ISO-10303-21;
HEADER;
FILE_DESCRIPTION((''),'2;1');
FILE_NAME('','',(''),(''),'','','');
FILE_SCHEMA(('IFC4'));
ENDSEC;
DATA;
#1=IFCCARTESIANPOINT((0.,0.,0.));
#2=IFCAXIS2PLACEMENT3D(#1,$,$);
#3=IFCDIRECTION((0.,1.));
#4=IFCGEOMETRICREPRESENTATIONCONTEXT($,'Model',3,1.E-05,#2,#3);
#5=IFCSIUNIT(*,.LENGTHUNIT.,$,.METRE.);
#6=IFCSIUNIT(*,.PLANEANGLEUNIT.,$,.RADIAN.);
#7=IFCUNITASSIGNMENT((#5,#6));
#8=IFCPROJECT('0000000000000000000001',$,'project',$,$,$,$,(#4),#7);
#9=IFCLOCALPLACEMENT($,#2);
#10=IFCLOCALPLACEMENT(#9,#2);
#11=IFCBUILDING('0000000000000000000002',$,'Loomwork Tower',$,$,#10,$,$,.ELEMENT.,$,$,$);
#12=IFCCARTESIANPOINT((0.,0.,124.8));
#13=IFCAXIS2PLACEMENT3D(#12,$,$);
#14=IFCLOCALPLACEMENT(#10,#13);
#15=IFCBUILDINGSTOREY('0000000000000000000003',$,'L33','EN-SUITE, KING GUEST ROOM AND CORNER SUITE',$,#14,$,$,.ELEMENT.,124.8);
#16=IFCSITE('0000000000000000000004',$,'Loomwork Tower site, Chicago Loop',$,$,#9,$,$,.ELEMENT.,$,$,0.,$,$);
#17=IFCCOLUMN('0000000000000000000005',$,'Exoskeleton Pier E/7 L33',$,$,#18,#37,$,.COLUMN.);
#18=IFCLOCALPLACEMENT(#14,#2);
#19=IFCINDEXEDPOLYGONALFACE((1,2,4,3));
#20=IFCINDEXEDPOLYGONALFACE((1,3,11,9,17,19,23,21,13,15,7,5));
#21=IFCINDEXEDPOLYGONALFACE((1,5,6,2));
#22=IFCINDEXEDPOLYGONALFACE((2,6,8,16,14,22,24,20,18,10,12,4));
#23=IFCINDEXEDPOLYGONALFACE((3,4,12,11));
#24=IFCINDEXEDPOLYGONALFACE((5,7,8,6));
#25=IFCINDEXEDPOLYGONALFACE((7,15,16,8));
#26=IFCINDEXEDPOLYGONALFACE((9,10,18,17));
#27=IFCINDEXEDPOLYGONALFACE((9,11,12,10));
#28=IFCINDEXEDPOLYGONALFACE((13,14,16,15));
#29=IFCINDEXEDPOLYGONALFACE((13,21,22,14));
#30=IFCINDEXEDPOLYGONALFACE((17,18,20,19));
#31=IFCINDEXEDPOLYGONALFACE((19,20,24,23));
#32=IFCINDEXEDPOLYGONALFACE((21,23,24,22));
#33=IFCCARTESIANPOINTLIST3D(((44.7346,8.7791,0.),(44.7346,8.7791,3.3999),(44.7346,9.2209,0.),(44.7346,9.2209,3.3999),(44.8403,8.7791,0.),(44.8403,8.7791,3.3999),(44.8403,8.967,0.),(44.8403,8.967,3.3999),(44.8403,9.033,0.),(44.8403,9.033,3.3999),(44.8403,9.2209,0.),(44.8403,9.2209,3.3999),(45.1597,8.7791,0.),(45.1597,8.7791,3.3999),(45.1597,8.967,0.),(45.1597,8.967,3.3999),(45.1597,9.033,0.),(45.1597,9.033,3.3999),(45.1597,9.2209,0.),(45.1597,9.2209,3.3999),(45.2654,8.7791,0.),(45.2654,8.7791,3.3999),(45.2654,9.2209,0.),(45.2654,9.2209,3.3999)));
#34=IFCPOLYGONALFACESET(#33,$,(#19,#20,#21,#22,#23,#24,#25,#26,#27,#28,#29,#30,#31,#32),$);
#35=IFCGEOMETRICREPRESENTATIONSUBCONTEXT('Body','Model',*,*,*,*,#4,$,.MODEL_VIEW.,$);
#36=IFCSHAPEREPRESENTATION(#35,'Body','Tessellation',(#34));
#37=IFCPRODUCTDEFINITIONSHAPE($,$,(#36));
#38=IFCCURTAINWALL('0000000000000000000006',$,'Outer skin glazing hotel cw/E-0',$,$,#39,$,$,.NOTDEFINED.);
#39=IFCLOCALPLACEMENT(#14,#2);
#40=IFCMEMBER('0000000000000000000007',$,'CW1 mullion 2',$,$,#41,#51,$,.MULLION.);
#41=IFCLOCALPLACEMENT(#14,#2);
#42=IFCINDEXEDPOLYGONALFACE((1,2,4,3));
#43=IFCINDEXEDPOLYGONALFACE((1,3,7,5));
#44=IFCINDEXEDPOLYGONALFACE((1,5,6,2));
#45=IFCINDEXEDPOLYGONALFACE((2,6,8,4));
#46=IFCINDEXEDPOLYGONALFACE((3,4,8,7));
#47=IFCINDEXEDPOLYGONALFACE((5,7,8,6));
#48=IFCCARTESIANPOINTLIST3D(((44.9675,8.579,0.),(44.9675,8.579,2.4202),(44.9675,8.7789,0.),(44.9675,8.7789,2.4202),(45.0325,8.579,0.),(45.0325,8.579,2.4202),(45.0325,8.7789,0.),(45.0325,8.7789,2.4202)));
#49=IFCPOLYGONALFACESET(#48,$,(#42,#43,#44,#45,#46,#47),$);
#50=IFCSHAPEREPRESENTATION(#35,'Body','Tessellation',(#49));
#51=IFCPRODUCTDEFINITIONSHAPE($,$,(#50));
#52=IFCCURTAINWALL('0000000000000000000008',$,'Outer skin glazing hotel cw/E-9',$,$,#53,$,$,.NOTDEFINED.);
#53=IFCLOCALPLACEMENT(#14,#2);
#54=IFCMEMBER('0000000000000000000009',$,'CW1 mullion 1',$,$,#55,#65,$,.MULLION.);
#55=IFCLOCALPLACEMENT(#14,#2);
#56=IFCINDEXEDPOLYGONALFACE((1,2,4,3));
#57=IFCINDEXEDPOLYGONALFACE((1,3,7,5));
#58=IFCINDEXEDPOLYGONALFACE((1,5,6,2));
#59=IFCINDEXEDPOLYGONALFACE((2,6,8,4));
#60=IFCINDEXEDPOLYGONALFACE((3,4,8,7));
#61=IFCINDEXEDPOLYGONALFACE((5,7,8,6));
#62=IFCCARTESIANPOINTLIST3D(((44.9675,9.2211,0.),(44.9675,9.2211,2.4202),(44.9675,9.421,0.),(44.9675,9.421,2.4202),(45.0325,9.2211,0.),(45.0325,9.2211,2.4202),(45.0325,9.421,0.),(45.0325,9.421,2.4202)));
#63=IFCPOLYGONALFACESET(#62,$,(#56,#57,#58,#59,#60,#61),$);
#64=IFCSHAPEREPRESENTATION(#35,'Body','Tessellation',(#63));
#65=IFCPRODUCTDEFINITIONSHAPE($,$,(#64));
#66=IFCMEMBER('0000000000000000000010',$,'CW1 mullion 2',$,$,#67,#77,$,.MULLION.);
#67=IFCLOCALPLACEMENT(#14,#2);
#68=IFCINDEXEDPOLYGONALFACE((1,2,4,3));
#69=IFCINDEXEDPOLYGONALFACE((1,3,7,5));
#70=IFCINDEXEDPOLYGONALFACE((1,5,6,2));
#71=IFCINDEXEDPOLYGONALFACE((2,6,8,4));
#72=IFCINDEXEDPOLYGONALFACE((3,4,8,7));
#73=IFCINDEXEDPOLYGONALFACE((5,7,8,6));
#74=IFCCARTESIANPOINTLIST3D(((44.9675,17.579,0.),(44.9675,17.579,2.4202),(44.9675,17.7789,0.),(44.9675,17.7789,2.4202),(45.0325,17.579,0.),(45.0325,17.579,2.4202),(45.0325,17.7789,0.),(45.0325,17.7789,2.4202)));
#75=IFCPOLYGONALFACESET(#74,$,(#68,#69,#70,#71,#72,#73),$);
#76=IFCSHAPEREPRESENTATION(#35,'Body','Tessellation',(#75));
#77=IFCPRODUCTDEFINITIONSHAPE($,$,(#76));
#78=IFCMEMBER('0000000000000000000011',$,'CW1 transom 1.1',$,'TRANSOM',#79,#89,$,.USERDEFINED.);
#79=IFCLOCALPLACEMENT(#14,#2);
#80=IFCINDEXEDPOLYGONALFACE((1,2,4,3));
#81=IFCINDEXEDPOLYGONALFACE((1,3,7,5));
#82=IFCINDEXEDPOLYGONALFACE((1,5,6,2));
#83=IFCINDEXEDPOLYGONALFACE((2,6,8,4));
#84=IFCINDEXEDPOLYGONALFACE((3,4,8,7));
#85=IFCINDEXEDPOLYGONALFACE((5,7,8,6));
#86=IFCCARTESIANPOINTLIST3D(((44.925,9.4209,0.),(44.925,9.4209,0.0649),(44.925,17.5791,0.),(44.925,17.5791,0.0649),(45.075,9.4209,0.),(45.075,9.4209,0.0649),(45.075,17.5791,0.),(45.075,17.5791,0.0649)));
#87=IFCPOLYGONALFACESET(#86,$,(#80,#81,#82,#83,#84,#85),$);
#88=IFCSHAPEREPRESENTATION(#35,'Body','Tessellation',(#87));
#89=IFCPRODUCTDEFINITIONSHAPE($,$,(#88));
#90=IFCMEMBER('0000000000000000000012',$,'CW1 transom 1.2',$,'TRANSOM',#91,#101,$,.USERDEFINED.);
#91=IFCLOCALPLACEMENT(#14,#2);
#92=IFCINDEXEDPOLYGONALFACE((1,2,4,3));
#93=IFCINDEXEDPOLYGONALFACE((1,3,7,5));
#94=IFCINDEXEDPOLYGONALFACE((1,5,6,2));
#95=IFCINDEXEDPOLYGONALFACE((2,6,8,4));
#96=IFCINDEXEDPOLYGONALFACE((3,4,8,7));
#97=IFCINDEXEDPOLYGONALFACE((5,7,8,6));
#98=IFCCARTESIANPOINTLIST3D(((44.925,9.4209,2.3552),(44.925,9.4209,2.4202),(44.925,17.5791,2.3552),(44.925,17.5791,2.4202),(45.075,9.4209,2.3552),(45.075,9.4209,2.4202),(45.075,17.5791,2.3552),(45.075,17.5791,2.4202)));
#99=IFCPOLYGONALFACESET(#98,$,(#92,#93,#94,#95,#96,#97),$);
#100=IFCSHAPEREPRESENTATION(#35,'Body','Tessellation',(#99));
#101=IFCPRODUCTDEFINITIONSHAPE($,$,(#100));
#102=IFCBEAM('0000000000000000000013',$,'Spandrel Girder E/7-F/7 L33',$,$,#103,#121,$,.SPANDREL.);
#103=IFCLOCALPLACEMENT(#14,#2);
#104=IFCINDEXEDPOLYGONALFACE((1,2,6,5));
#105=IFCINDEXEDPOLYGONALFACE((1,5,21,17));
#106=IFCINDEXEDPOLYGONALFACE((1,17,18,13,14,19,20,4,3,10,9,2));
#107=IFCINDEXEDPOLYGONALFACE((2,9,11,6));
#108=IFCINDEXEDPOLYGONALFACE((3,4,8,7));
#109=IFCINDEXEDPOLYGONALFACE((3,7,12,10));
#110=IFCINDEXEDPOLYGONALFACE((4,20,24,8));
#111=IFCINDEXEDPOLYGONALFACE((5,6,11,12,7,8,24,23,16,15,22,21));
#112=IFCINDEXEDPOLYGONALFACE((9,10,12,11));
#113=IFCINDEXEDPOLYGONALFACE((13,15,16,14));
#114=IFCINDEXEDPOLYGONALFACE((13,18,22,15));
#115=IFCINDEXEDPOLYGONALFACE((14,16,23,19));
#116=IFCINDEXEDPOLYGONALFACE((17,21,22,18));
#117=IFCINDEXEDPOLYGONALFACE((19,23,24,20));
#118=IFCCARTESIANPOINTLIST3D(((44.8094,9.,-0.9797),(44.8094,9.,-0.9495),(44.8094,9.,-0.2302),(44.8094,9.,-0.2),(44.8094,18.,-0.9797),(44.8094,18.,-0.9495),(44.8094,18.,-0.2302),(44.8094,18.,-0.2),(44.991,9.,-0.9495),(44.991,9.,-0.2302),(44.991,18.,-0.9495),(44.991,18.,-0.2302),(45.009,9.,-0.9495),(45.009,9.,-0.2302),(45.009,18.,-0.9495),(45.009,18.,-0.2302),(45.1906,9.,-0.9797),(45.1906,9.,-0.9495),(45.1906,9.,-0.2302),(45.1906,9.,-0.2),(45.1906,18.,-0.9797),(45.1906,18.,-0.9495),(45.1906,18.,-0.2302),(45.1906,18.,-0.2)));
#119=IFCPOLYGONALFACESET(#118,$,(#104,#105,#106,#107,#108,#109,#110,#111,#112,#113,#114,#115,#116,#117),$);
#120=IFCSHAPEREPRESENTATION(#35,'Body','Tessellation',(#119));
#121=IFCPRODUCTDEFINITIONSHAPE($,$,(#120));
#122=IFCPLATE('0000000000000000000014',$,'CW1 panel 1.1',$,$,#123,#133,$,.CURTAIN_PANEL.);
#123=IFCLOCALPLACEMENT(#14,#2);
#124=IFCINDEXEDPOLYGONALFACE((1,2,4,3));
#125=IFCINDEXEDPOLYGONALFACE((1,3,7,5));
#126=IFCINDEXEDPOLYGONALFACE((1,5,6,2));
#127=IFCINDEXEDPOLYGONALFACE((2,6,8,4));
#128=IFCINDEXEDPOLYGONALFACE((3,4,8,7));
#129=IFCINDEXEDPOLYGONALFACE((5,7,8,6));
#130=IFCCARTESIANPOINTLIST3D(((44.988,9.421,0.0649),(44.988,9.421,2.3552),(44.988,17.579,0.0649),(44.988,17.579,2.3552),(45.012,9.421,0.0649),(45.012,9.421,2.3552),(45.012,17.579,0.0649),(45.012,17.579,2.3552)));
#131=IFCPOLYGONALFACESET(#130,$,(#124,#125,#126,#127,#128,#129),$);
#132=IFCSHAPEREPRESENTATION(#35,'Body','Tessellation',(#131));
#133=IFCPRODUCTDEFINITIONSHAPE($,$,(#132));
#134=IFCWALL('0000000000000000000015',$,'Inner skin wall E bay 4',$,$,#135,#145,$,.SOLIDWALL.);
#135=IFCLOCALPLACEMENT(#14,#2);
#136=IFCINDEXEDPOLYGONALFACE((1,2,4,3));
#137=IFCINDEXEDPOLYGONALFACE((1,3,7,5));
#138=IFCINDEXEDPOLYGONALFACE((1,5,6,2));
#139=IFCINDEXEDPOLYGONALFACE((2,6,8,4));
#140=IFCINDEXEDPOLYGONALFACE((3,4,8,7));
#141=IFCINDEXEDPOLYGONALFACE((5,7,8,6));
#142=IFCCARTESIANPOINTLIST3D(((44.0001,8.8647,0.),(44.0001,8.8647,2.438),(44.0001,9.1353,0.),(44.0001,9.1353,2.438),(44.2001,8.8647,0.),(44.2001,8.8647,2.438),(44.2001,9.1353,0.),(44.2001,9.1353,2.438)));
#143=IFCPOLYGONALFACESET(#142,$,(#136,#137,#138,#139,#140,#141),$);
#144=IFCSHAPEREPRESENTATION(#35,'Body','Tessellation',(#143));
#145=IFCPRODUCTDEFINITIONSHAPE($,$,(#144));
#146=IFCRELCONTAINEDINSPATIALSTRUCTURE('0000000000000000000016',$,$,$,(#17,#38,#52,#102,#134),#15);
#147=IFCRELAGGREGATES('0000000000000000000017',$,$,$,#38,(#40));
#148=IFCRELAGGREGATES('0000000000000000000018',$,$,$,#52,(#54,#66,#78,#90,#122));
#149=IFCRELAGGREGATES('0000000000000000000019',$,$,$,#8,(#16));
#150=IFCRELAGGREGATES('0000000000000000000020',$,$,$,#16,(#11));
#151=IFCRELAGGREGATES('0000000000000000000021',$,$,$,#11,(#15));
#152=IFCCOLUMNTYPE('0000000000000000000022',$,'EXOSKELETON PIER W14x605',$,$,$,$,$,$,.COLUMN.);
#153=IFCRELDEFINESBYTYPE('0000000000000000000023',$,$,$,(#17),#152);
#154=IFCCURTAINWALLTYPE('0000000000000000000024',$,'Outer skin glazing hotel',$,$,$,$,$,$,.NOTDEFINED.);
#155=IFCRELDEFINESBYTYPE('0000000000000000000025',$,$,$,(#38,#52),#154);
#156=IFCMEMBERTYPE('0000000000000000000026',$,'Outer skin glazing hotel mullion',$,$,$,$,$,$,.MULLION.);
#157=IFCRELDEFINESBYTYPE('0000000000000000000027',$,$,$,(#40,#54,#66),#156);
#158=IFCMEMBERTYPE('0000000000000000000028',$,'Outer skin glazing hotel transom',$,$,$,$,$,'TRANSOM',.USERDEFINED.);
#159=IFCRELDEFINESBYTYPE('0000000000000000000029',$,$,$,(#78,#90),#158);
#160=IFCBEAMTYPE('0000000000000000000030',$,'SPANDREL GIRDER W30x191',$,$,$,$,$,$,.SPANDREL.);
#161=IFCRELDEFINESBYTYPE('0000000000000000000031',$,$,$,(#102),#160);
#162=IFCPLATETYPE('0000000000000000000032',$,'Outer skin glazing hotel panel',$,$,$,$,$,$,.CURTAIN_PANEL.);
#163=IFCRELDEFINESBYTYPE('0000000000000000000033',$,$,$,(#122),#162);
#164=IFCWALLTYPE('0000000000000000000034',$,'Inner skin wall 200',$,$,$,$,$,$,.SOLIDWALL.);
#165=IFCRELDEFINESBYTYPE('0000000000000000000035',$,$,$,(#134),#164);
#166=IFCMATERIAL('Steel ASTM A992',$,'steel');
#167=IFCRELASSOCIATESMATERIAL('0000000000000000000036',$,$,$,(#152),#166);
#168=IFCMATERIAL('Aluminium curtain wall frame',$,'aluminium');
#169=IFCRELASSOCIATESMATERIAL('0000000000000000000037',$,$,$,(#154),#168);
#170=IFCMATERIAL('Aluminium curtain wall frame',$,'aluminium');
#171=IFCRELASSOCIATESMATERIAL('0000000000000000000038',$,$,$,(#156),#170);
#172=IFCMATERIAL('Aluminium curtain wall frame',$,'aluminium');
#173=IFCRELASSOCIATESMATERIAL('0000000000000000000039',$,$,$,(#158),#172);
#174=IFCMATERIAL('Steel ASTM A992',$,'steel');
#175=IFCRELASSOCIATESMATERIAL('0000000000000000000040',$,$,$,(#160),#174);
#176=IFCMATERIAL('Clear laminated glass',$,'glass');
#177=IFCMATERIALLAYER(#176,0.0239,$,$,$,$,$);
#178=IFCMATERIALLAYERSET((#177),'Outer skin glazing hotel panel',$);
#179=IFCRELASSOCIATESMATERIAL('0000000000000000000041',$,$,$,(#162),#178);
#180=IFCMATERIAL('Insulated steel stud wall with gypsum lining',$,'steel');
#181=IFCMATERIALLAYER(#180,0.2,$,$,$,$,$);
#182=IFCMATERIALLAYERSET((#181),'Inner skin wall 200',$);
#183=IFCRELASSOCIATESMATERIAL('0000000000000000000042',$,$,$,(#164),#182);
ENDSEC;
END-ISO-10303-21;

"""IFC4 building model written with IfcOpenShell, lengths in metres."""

from ifc_helpers import new_model, si_unit, direction, frame, frame_2d, origin, origin_2d, place, context, subcontext, project, spatial, rectangle, i_section, extrude, material, layer, layer_set, material_profile, profile_set, type_object, element, aggregate, save


model = new_model("IFC4")

# Units and contexts
model_context = context("Model", 3, precision=1e-05, world=origin(), true_north=direction((0.0, 1.0)))
body_context = subcontext(model_context, "Body", "Model", "MODEL_VIEW")
ifc_project = project(units=[si_unit("LENGTHUNIT", "METRE"), si_unit("PLANEANGLEUNIT", "RADIAN")], contexts=[model_context])

# Site, building, storey
site_placement = place(None, origin())
site = spatial("IfcSite", under=ifc_project, at=site_placement, Name="Loomwork Tower site, Chicago Loop", CompositionType="ELEMENT", RefElevation=0.0)
building_placement = place(site_placement, origin())
building = spatial("IfcBuilding", under=site, at=building_placement, Name="Loomwork Tower", CompositionType="ELEMENT")
storey_placement = place(building_placement, frame((0.0, 0.0, 124.8)))
storey = spatial("IfcBuildingStorey", under=building, at=storey_placement, Name="L33", Description="EN-SUITE, KING GUEST ROOM AND CORNER SUITE", CompositionType="ELEMENT", Elevation=124.8)

# Column
ifc_material_1 = material(Name="Steel ASTM A992", Category="steel")
ifc_material_profile_1 = material_profile(ifc_material_1, i_section(OverallWidth=0.4419, OverallDepth=0.5308, WebThickness=0.0659, FlangeThickness=0.1057, at=origin_2d()), Name="W14x605")
ifc_profile_set_1 = profile_set([ifc_material_profile_1], Name="Steel ASTM A992")
column_type = type_object("IfcColumnType", Name="EXOSKELETON PIER W14x605", PredefinedType="COLUMN", material=ifc_profile_set_1)
column_placement = place(storey_placement, frame((45.0, 9.0, 0.0), z_axis=(0.0, 0.0, 1.0), x_axis=(0.0, 1.0, 0.0)))
element("IfcColumn", 1, at=column_placement, inside=storey, type_object=column_type, Name="Exoskeleton Pier E/7 L33", PredefinedType="COLUMN", context=body_context, shape_type="SweptSolid", body=[
    extrude(i_section(OverallWidth=0.4419, OverallDepth=0.5308, WebThickness=0.0659, FlangeThickness=0.1057, at=origin_2d()), origin(), (0.0, 0.0, 1.0), 3.3999),
])

# Curtain wall, member
ifc_material_2 = material(Name="Aluminium curtain wall frame", Category="aluminium")
curtain_wall_type = type_object("IfcCurtainWallType", Name="Outer skin glazing hotel", PredefinedType="NOTDEFINED", material=ifc_material_2)
curtain_wall_1_placement = place(storey_placement, origin())
curtain_wall_1 = element("IfcCurtainWall", 2, at=curtain_wall_1_placement, inside=storey, type_object=curtain_wall_type, Name="Outer skin glazing hotel cw/E-0", PredefinedType="NOTDEFINED")
ifc_material_3 = material(Name="Aluminium curtain wall frame", Category="aluminium")
ifc_material_profile_2 = material_profile(ifc_material_3, rectangle(XDim=0.0649, YDim=0.2, at=origin_2d()), Name="AL 65x200")
ifc_profile_set_2 = profile_set([ifc_material_profile_2], Name="Aluminium curtain wall frame")
member_type_1 = type_object("IfcMemberType", Name="Outer skin glazing hotel mullion", PredefinedType="MULLION", material=ifc_profile_set_2)
member_1_placement = place(storey_placement, frame((45.0, 8.679, 0.0), z_axis=(0.0, 0.0, 1.0), x_axis=(-1.0, 0.0, 0.0)))
member_1 = element("IfcMember", 3, at=member_1_placement, type_object=member_type_1, Name="CW1 mullion 2", PredefinedType="MULLION", context=body_context, shape_type="SweptSolid", body=[
    extrude(rectangle(XDim=0.0649, YDim=0.2, at=origin_2d()), origin(), (0.0, 0.0, 1.0), 2.4202),
])
aggregate(curtain_wall_1, [member_1])

# Curtain wall, members
curtain_wall_2_placement = place(storey_placement, origin())
curtain_wall_2 = element("IfcCurtainWall", 4, at=curtain_wall_2_placement, inside=storey, type_object=curtain_wall_type, Name="Outer skin glazing hotel cw/E-9", PredefinedType="NOTDEFINED")
member_2_placement = place(storey_placement, frame((45.0, 9.321, 0.0), z_axis=(0.0, 0.0, 1.0), x_axis=(-1.0, 0.0, 0.0)))
member_2 = element("IfcMember", 5, at=member_2_placement, type_object=member_type_1, Name="CW1 mullion 1", PredefinedType="MULLION", context=body_context, shape_type="SweptSolid", body=[
    extrude(rectangle(XDim=0.0649, YDim=0.2, at=origin_2d()), origin(), (0.0, 0.0, 1.0), 2.4202),
])
member_3_placement = place(storey_placement, frame((45.0, 17.679, 0.0), z_axis=(0.0, 0.0, 1.0), x_axis=(-1.0, 0.0, 0.0)))
member_3 = element("IfcMember", 6, at=member_3_placement, type_object=member_type_1, Name="CW1 mullion 2", PredefinedType="MULLION", context=body_context, shape_type="SweptSolid", body=[
    extrude(rectangle(XDim=0.0649, YDim=0.2, at=origin_2d()), origin(), (0.0, 0.0, 1.0), 2.4202),
])
ifc_material_4 = material(Name="Aluminium curtain wall frame", Category="aluminium")
ifc_material_profile_3 = material_profile(ifc_material_4, rectangle(XDim=0.1499, YDim=0.0649, at=origin_2d()), Name="AL 65x150")
ifc_profile_set_3 = profile_set([ifc_material_profile_3], Name="Aluminium curtain wall frame")
member_type_2 = type_object("IfcMemberType", Name="Outer skin glazing hotel transom", ElementType="TRANSOM", PredefinedType="USERDEFINED", material=ifc_profile_set_3)
member_4_placement = place(storey_placement, frame((45.0, 9.4209, 0.0325), z_axis=(0.0, 1.0, 0.0), x_axis=(-1.0, 0.0, 0.0)))
member_4 = element("IfcMember", 7, at=member_4_placement, type_object=member_type_2, Name="CW1 transom 1.1", ObjectType="TRANSOM", PredefinedType="USERDEFINED", context=body_context, shape_type="SweptSolid", body=[
    extrude(rectangle(XDim=0.1499, YDim=0.0649, at=origin_2d()), origin(), (0.0, 0.0, 1.0), 8.1582),
])
member_5_placement = place(storey_placement, frame((45.0, 9.4209, 2.3877), z_axis=(0.0, 1.0, 0.0), x_axis=(-1.0, 0.0, 0.0)))
member_5 = element("IfcMember", 8, at=member_5_placement, type_object=member_type_2, Name="CW1 transom 1.2", ObjectType="TRANSOM", PredefinedType="USERDEFINED", context=body_context, shape_type="SweptSolid", body=[
    extrude(rectangle(XDim=0.1499, YDim=0.0649, at=origin_2d()), origin(), (0.0, 0.0, 1.0), 8.1582),
])

# Beam
ifc_material_5 = material(Name="Steel ASTM A992", Category="steel")
ifc_material_profile_4 = material_profile(ifc_material_5, i_section(OverallWidth=0.3811, OverallDepth=0.7798, WebThickness=0.0181, FlangeThickness=0.0303, at=origin_2d()), Name="W30x191")
ifc_profile_set_4 = profile_set([ifc_material_profile_4], Name="Steel ASTM A992")
beam_type = type_object("IfcBeamType", Name="SPANDREL GIRDER W30x191", PredefinedType="SPANDREL", material=ifc_profile_set_4)
beam_placement = place(storey_placement, frame((45.0, 9.0, -0.5898), z_axis=(0.0, 1.0, 0.0), x_axis=(-1.0, 0.0, 0.0)))
element("IfcBeam", 9, at=beam_placement, inside=storey, type_object=beam_type, Name="Spandrel Girder E/7-F/7 L33", PredefinedType="SPANDREL", context=body_context, shape_type="SweptSolid", body=[
    extrude(i_section(OverallWidth=0.3811, OverallDepth=0.7798, WebThickness=0.0181, FlangeThickness=0.0303, at=origin_2d()), origin(), (0.0, 0.0, 1.0), 9.0),
])

# Plate
ifc_material_6 = material(Name="Clear laminated glass", Category="glass")
ifc_layer_1 = layer(ifc_material_6, 0.0239)
ifc_layer_set_1 = layer_set([ifc_layer_1], Name="Outer skin glazing hotel panel")
plate_type = type_object("IfcPlateType", Name="Outer skin glazing hotel panel", PredefinedType="CURTAIN_PANEL", material=ifc_layer_set_1)
plate_placement = place(storey_placement, frame((45.0, 13.5, 0.0649), z_axis=(0.0, 0.0, 1.0), x_axis=(0.0, 1.0, 0.0)))
plate = element("IfcPlate", 10, at=plate_placement, type_object=plate_type, Name="CW1 panel 1.1", PredefinedType="CURTAIN_PANEL", context=body_context, shape_type="SweptSolid", body=[
    extrude(rectangle(XDim=8.158, YDim=0.0239, at=origin_2d()), origin(), (0.0, 0.0, 1.0), 2.2903),
])
aggregate(curtain_wall_2, [member_2, member_3, member_4, member_5, plate])

# Wall
ifc_material_7 = material(Name="Insulated steel stud wall with gypsum lining", Category="steel")
ifc_layer_2 = layer(ifc_material_7, 0.2)
ifc_layer_set_2 = layer_set([ifc_layer_2], Name="Inner skin wall 200")
wall_type = type_object("IfcWallType", Name="Inner skin wall 200", PredefinedType="SOLIDWALL", material=ifc_layer_set_2)
wall_1_placement = place(storey_placement, frame((44.1001, 8.8647, 0.0), z_axis=(0.0, 0.0, 1.0), x_axis=(0.0, 1.0, 0.0)))
element("IfcWall", 11, at=wall_1_placement, inside=storey, type_object=wall_type, Name="Inner skin wall E bay 4", PredefinedType="SOLIDWALL", context=body_context, shape_type="SweptSolid", body=[
    extrude(rectangle(XDim=0.2705, YDim=0.2, at=frame_2d((0.1353, 0.0))), origin(), (0.0, 0.0, 1.0), 2.438),
])

save(model, "model.ifc")
